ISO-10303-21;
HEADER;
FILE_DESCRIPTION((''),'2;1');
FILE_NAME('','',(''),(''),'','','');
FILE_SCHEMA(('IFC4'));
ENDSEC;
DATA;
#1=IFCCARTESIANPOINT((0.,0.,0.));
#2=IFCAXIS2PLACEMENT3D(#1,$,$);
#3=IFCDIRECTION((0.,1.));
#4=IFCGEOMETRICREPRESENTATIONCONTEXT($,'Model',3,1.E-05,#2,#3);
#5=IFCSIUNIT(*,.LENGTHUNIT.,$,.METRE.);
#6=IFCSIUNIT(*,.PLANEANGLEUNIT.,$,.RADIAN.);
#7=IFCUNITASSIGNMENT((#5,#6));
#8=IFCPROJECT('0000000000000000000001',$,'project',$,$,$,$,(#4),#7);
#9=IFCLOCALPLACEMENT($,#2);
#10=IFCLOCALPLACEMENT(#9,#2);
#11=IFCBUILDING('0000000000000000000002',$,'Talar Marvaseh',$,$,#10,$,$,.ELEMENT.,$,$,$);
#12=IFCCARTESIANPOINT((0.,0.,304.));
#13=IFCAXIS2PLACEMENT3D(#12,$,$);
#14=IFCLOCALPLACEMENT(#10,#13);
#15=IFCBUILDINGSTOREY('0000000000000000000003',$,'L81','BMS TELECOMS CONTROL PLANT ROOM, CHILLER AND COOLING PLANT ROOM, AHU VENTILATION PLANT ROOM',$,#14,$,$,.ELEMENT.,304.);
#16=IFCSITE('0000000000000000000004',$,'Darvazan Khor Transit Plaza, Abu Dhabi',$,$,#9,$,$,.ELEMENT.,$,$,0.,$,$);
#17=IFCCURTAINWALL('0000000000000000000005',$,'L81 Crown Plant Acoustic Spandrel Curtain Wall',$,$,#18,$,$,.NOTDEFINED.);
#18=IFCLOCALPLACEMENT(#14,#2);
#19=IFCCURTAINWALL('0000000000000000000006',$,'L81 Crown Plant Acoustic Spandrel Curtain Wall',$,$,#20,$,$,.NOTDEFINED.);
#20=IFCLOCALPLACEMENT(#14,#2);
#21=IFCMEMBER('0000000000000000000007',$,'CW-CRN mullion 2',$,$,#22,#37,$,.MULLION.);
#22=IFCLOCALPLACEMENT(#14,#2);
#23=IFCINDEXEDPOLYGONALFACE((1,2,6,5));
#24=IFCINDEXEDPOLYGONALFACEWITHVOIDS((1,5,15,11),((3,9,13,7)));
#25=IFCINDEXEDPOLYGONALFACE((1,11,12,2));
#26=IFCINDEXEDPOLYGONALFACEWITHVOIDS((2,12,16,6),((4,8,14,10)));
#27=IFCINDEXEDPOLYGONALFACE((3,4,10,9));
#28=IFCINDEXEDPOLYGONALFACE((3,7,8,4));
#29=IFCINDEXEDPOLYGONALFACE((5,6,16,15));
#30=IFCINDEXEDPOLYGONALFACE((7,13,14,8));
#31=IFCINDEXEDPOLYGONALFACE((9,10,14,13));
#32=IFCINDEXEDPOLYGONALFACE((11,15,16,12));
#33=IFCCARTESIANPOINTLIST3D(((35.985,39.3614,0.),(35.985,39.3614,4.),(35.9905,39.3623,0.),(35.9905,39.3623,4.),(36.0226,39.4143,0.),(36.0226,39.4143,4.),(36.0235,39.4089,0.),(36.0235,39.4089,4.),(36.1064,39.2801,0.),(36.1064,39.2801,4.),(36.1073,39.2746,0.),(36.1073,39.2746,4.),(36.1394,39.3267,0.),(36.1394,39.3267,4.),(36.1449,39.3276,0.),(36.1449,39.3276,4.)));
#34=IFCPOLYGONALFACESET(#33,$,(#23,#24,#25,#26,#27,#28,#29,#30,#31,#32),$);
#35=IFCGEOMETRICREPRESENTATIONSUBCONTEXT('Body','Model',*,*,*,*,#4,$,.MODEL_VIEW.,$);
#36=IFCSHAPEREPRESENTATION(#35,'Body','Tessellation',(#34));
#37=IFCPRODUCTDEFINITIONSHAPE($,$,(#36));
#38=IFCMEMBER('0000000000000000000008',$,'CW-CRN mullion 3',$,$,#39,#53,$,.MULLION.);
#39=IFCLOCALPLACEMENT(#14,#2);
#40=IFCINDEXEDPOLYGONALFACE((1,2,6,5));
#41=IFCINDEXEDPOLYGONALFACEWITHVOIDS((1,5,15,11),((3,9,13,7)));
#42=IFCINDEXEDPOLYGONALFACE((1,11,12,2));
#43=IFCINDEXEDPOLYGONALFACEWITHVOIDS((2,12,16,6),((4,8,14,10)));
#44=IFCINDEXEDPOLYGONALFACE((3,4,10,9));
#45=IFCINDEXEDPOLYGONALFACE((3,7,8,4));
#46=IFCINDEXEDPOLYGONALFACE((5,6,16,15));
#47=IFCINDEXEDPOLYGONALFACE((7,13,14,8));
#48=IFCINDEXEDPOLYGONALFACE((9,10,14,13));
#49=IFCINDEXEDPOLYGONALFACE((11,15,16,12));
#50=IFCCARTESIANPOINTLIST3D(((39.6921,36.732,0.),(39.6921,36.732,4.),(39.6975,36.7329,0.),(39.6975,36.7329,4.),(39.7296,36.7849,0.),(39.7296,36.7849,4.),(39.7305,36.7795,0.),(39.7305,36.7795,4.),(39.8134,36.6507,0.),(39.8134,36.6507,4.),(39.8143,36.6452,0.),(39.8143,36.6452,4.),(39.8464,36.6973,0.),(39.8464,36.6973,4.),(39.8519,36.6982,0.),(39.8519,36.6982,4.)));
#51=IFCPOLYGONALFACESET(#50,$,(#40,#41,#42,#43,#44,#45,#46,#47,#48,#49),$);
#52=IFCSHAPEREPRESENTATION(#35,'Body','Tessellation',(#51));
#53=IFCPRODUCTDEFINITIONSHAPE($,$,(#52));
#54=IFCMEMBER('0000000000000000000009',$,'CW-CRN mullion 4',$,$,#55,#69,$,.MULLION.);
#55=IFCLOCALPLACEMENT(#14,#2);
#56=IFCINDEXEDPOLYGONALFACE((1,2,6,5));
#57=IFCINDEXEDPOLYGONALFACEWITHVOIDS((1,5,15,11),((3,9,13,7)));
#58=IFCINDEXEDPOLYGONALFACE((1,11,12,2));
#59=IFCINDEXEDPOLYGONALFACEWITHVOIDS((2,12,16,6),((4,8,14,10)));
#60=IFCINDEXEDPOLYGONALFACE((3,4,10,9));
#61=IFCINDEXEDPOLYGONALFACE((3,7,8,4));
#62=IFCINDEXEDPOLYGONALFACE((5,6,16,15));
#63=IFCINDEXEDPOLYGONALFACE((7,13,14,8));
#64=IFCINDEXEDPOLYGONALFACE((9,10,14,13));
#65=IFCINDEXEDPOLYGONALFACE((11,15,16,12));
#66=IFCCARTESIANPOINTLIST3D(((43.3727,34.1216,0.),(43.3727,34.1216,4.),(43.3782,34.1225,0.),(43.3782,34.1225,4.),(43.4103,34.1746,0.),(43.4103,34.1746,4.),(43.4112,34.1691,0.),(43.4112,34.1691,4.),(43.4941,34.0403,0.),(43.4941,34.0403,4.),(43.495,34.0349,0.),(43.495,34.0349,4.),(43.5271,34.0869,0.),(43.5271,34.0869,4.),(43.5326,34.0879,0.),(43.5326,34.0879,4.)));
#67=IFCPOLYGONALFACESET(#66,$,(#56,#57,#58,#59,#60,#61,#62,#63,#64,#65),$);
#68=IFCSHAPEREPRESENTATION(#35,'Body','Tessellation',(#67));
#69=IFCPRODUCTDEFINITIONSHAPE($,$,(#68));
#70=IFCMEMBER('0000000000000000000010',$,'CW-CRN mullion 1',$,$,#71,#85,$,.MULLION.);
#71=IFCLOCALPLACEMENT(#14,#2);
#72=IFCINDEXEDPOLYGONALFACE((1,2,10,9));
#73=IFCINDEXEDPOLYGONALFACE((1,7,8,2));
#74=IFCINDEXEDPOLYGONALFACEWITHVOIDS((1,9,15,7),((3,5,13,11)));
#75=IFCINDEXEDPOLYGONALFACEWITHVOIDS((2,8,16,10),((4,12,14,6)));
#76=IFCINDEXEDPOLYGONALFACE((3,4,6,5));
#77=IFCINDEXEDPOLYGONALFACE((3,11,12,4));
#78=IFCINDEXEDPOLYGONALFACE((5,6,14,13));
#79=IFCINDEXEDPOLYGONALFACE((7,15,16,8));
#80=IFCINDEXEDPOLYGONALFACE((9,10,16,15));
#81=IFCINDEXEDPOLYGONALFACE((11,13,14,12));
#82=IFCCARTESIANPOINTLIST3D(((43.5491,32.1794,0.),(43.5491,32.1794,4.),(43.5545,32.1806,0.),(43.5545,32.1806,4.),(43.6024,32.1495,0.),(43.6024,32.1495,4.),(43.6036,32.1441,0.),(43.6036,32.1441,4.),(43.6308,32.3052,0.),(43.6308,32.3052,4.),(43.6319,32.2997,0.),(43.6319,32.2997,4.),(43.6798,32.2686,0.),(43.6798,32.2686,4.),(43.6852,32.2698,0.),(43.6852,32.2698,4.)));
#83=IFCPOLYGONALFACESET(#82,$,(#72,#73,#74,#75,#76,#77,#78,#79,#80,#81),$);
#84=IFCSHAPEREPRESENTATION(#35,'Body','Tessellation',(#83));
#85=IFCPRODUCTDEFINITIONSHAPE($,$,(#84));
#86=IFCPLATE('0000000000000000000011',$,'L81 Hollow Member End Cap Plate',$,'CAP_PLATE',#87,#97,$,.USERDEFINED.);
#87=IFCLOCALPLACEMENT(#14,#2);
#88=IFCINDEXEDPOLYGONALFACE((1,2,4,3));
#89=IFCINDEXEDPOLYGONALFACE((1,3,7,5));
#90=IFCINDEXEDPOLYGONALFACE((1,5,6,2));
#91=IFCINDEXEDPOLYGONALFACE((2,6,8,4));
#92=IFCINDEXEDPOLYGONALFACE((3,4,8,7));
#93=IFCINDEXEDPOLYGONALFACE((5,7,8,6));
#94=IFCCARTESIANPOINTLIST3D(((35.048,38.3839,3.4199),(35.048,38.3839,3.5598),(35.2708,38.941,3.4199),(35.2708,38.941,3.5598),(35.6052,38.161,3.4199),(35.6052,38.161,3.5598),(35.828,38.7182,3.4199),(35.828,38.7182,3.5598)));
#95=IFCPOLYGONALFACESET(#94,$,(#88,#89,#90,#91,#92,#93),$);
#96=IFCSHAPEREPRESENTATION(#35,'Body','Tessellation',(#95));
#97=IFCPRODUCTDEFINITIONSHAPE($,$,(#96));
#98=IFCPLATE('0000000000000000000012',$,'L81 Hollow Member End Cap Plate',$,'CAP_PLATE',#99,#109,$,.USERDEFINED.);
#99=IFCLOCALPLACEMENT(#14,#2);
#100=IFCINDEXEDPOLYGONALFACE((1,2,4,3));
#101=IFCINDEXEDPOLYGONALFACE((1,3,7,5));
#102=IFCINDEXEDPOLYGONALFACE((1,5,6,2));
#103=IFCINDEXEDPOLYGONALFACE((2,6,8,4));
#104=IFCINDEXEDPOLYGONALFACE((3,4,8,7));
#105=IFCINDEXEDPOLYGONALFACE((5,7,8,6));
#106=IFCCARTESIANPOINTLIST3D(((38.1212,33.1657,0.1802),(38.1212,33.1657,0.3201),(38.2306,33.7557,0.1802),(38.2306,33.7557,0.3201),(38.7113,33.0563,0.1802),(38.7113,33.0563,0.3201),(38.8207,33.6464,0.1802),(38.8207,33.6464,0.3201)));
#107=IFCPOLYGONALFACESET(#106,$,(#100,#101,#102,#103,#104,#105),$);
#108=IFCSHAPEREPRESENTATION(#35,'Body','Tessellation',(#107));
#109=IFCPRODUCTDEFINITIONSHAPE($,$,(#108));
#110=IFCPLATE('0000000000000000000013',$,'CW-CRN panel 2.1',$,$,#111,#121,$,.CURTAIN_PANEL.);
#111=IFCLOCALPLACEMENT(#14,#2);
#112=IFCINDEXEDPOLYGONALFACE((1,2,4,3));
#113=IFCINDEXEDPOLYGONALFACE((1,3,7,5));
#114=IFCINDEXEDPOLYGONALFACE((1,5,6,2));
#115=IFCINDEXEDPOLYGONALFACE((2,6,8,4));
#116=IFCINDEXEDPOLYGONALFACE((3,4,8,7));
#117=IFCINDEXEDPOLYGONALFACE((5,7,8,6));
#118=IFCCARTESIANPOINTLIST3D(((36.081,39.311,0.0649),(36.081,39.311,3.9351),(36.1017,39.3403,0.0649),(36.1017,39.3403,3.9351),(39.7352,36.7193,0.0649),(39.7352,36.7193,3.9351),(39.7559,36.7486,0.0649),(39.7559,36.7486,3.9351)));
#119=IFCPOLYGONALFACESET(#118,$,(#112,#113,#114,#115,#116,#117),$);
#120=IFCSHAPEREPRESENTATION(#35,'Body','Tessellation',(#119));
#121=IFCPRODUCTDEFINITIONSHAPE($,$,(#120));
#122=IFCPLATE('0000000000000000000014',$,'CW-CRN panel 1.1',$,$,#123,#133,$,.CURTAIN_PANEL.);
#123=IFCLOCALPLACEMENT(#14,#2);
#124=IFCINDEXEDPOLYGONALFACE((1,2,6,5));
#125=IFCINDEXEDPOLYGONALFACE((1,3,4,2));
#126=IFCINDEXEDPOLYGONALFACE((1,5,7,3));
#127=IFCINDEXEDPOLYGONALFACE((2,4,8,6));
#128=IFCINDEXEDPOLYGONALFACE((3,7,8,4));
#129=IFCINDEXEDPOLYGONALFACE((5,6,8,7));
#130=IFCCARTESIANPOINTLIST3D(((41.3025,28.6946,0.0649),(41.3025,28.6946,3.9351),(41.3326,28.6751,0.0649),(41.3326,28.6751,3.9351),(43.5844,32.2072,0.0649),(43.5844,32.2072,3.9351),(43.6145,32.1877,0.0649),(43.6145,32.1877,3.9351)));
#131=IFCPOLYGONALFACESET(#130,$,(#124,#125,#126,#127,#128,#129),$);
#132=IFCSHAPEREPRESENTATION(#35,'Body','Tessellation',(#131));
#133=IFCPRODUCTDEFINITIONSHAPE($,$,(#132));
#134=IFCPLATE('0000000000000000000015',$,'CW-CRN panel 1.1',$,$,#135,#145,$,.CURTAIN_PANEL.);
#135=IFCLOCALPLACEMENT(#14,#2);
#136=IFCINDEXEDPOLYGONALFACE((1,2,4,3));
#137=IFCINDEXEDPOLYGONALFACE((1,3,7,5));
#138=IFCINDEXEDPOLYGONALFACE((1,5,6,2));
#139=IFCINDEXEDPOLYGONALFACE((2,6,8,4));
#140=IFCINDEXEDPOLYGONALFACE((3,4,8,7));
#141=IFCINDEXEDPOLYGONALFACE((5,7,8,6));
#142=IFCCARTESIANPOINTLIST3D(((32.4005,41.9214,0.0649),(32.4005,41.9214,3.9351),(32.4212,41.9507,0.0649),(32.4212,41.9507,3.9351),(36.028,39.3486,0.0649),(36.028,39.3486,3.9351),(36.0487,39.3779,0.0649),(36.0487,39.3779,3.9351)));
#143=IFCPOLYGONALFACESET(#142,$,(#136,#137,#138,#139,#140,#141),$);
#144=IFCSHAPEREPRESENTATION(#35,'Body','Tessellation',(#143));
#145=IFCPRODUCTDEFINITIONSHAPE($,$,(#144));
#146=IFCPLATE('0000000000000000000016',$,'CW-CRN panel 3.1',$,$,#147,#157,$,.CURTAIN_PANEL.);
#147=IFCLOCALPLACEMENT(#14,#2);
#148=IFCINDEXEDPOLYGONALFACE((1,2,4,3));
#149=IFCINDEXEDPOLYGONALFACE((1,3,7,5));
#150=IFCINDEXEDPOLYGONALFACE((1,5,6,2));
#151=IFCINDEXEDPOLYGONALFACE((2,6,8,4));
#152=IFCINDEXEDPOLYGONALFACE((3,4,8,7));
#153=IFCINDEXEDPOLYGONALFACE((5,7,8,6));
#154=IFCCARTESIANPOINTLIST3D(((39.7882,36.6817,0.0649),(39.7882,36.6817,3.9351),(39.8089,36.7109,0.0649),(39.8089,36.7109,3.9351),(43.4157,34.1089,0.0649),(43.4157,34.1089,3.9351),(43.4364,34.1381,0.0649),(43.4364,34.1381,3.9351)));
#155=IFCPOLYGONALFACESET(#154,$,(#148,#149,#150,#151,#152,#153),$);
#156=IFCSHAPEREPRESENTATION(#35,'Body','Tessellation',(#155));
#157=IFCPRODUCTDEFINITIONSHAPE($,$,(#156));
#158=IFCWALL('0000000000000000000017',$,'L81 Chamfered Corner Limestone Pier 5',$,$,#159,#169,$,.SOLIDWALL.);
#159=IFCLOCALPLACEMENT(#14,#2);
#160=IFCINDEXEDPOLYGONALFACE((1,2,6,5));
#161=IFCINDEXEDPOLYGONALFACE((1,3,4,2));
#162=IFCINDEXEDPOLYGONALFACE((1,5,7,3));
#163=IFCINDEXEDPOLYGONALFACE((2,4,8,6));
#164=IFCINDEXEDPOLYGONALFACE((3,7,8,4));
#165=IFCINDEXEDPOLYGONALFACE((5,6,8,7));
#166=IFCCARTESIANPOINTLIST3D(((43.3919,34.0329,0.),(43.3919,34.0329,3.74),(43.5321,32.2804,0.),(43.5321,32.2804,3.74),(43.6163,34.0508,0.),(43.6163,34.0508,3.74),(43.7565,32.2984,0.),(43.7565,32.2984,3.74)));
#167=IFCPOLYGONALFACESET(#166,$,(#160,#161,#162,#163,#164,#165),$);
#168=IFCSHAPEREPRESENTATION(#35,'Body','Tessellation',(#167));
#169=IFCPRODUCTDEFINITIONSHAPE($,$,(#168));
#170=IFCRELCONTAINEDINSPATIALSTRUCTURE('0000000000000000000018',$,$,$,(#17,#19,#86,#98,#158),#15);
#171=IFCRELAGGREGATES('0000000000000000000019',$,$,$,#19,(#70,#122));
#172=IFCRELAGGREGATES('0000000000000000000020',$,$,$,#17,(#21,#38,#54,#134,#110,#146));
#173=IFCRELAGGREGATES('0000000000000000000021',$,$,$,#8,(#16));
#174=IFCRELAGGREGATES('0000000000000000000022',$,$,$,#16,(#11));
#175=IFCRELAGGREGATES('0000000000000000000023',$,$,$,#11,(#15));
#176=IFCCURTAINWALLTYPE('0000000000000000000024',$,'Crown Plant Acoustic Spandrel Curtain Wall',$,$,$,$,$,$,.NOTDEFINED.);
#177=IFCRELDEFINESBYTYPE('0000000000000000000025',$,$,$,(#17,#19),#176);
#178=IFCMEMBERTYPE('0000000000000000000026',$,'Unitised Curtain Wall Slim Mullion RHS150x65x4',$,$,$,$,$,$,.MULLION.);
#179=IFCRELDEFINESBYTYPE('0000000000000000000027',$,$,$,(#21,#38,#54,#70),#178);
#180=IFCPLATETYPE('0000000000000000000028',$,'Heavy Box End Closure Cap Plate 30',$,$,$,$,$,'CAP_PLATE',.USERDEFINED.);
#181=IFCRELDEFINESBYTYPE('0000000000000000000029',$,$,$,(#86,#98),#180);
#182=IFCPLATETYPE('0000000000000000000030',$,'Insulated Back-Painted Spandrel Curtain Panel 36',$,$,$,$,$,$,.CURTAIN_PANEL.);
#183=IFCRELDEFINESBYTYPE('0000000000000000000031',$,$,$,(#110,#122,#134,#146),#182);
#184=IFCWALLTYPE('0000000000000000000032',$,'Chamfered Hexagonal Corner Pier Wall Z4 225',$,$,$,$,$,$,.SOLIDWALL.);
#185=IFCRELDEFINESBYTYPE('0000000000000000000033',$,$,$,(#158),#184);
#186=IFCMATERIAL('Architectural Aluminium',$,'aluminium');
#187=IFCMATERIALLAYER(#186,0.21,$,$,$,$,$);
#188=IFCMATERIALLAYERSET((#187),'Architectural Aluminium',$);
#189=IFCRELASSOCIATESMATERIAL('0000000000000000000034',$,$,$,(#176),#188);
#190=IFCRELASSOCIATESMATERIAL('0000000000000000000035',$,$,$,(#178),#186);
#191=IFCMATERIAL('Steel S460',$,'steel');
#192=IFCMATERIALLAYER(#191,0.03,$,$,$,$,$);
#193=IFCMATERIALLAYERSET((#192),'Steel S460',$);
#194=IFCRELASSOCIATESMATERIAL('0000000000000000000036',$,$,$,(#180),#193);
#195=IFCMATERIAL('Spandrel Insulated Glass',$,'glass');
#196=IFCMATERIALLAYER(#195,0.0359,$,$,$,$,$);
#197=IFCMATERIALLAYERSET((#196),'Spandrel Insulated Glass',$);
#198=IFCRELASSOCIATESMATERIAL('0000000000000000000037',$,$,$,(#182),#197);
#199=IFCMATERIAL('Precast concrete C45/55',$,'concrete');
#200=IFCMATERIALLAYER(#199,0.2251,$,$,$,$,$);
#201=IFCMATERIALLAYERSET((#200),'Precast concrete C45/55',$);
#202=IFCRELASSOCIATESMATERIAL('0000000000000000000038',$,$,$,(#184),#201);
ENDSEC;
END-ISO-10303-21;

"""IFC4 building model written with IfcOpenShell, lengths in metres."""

from ifc_helpers import new_model, si_unit, direction, frame, frame_2d, origin, origin_2d, place, context, subcontext, project, spatial, rectangle, hollow_rectangle, extrude, source, transform, mapped, material, layer, layer_set, material_profile, profile_set, type_object, type_shapes, element, aggregate, save


model = new_model("IFC4")

# Units and contexts
model_context = context("Model", 3, precision=1e-05, world=origin(), true_north=direction((0.0, 1.0)))
body_context = subcontext(model_context, "Body", "Model", "MODEL_VIEW")
ifc_project = project(units=[si_unit("LENGTHUNIT", "METRE"), si_unit("PLANEANGLEUNIT", "RADIAN")], contexts=[model_context])

# Site, building, storey
site_placement = place(None, origin())
site = spatial("IfcSite", under=ifc_project, at=site_placement, Name="Darvazan Khor Transit Plaza, Abu Dhabi", CompositionType="ELEMENT", RefElevation=0.0)
building_placement = place(site_placement, origin())
building = spatial("IfcBuilding", under=site, at=building_placement, Name="Talar Marvaseh", CompositionType="ELEMENT")
storey_placement = place(building_placement, frame((0.0, 0.0, 304.0)))
storey = spatial("IfcBuildingStorey", under=building, at=storey_placement, Name="L81", Description="BMS TELECOMS CONTROL PLANT ROOM, CHILLER AND COOLING PLANT ROOM, AHU VENTILATION PLANT ROOM", CompositionType="ELEMENT", Elevation=304.0)

# Shared definitions
ifc_material_1 = material(Name="Steel S460", Category="steel")

# Curtain walls
ifc_material_2 = material(Name="Architectural Aluminium", Category="aluminium")
ifc_layer_1 = layer(ifc_material_2, 0.21)
ifc_layer_set_1 = layer_set([ifc_layer_1], Name="Architectural Aluminium")
curtain_wall_type = type_object("IfcCurtainWallType", Name="Crown Plant Acoustic Spandrel Curtain Wall", PredefinedType="NOTDEFINED", material=ifc_layer_set_1)
curtain_wall_1_placement = place(storey_placement, origin())
curtain_wall_1 = element("IfcCurtainWall", 1, at=curtain_wall_1_placement, inside=storey, type_object=curtain_wall_type, Name="L81 Crown Plant Acoustic Spandrel Curtain Wall", PredefinedType="NOTDEFINED")
curtain_wall_2_placement = place(storey_placement, origin())
curtain_wall_2 = element("IfcCurtainWall", 2, at=curtain_wall_2_placement, inside=storey, type_object=curtain_wall_type, Name="L81 Crown Plant Acoustic Spandrel Curtain Wall", PredefinedType="NOTDEFINED")

# Members
ifc_material_profile_1 = material_profile(ifc_material_2, hollow_rectangle(XDim=0.0649, YDim=0.1499, WallThickness=0.0039, at=origin_2d()), Name="RHS150x65x4")
ifc_profile_set_1 = profile_set([ifc_material_profile_1], Name="Architectural Aluminium")
member_type_1 = type_object("IfcMemberType", Name="Unitised Curtain Wall Slim Mullion RHS150x65x4", PredefinedType="MULLION", material=ifc_profile_set_1)
shared_shape_1 = source(origin(), body_context, "Body", "SweptSolid", [
    extrude(hollow_rectangle(XDim=0.0649, YDim=0.1499, WallThickness=0.0039, at=origin_2d()), origin(), (0.0, 0.0, 1.0), 4.0),
])
type_shapes(member_type_1, [shared_shape_1])
member_1_placement = place(storey_placement, frame((36.0649, 39.3445, 0.0), z_axis=(0.0, 0.0, 1.0), x_axis=(0.578513, 0.815673, 0.0)))
member_1 = element("IfcMember", 3, at=member_1_placement, type_object=member_type_1, Name="CW-CRN mullion 2", PredefinedType="MULLION", context=body_context, shape_type="MappedRepresentation", body=[
    mapped(shared_shape_1, transform((0.0, 0.0, 0.0), x_axis=(1.0, 0.0, 0.0), y_axis=(0.0, 1.0, 0.0), z_axis=(0.0, 0.0, 1.0), scale=1.0)),
])
member_2_placement = place(storey_placement, frame((39.772, 36.7151, 0.0), z_axis=(0.0, 0.0, 1.0), x_axis=(0.578513, 0.815673, 0.0)))
member_2 = element("IfcMember", 4, at=member_2_placement, type_object=member_type_1, Name="CW-CRN mullion 3", PredefinedType="MULLION", context=body_context, shape_type="MappedRepresentation", body=[
    mapped(shared_shape_1, transform((0.0, 0.0, 0.0), x_axis=(1.0, 0.0, 0.0), y_axis=(0.0, 1.0, 0.0), z_axis=(0.0, 0.0, 1.0), scale=1.0)),
])
member_3_placement = place(storey_placement, frame((43.4526, 34.1047, 0.0), z_axis=(0.0, 0.0, 1.0), x_axis=(0.578513, 0.815673, 0.0)))
member_3 = element("IfcMember", 5, at=member_3_placement, type_object=member_type_1, Name="CW-CRN mullion 4", PredefinedType="MULLION", context=body_context, shape_type="MappedRepresentation", body=[
    mapped(shared_shape_1, transform((0.0, 0.0, 0.0), x_axis=(1.0, 0.0, 0.0), y_axis=(0.0, 1.0, 0.0), z_axis=(0.0, 0.0, 1.0), scale=1.0)),
])
member_4_placement = place(storey_placement, frame((43.6172, 32.2246, 0.0), z_axis=(0.0, 0.0, 1.0), x_axis=(0.838586, -0.544769, 0.0)))
member_4 = element("IfcMember", 6, at=member_4_placement, type_object=member_type_1, Name="CW-CRN mullion 1", PredefinedType="MULLION", context=body_context, shape_type="MappedRepresentation", body=[
    mapped(shared_shape_1, transform((0.0, 0.0, 0.0), x_axis=(1.0, 0.0, 0.0), y_axis=(0.0, 1.0, 0.0), z_axis=(0.0, 0.0, 1.0), scale=1.0)),
])

# Plates
ifc_layer_2 = layer(ifc_material_1, 0.03)
ifc_layer_set_2 = layer_set([ifc_layer_2], Name="Steel S460")
plate_type_1 = type_object("IfcPlateType", Name="Heavy Box End Closure Cap Plate 30", ElementType="CAP_PLATE", PredefinedType="USERDEFINED", material=ifc_layer_set_2)
shared_shape_2 = source(origin(), body_context, "Body", "SweptSolid", [
    extrude(rectangle(XDim=0.6001, YDim=0.6001, at=origin_2d()), origin(), (0.0, 0.0, 1.0), 0.1399),
])
type_shapes(plate_type_1, [shared_shape_2])
for number, where, z_axis, x_axis, name in (
    (7, (35.438, 38.551, 3.4199), (0.0, 0.0, 1.0), (0.928486, -0.371368, 0.0), "L81 Hollow Member End Cap Plate"),
    (8, (38.4709, 33.406, 0.1802), (0.0, 0.0, 1.0), (-0.182236, -0.983255, 0.0), "L81 Hollow Member End Cap Plate"),
):
    element("IfcPlate", number, at=place(storey_placement, frame(where, z_axis=z_axis, x_axis=x_axis)), inside=storey, type_object=plate_type_1, Name=name, ObjectType="CAP_PLATE", PredefinedType="USERDEFINED", context=body_context, shape_type="MappedRepresentation", body=[
        mapped(shared_shape_2, transform((0.0, 0.0, 0.0), x_axis=(1.0, 0.0, 0.0), y_axis=(0.0, 1.0, 0.0), z_axis=(0.0, 0.0, 1.0), scale=1.0)),
    ])

# Plates
ifc_material_3 = material(Name="Spandrel Insulated Glass", Category="glass")
ifc_layer_3 = layer(ifc_material_3, 0.0359)
ifc_layer_set_3 = layer_set([ifc_layer_3], Name="Spandrel Insulated Glass")
plate_type_2 = type_object("IfcPlateType", Name="Insulated Back-Painted Spandrel Curtain Panel 36", PredefinedType="CURTAIN_PANEL", material=ifc_layer_set_3)
shared_shape_3 = source(origin(), body_context, "Body", "SweptSolid", [
    extrude(rectangle(XDim=4.48, YDim=0.0359, at=origin_2d()), origin(), (0.0, 0.0, 1.0), 3.8701),
])
plate_1_placement = place(storey_placement, frame((37.9185, 38.0298, 0.0649), z_axis=(0.0, 0.0, 1.0), x_axis=(0.815673, -0.578513, 0.0)))
plate_1 = element("IfcPlate", 9, at=plate_1_placement, type_object=plate_type_2, Name="CW-CRN panel 2.1", PredefinedType="CURTAIN_PANEL", context=body_context, shape_type="MappedRepresentation", body=[
    mapped(shared_shape_3, transform((0.0, 0.0, 0.0), x_axis=(1.0, 0.0, 0.0), y_axis=(0.0, 1.0, 0.0), z_axis=(0.0, 0.0, 1.0), scale=1.0)),
])
shared_shape_4 = source(origin(), body_context, "Body", "SweptSolid", [
    extrude(rectangle(XDim=4.1887, YDim=0.0359, at=origin_2d()), origin(), (0.0, 0.0, 1.0), 3.8701),
])
plate_2_placement = place(storey_placement, frame((42.4585, 30.4412, 0.0649), z_axis=(0.0, 0.0, 1.0), x_axis=(-0.544769, -0.838586, 0.0)))
plate_2 = element("IfcPlate", 10, at=plate_2_placement, type_object=plate_type_2, Name="CW-CRN panel 1.1", PredefinedType="CURTAIN_PANEL", context=body_context, shape_type="MappedRepresentation", body=[
    mapped(shared_shape_4, transform((0.0, 0.0, 0.0), x_axis=(1.0, 0.0, 0.0), y_axis=(0.0, 1.0, 0.0), z_axis=(0.0, 0.0, 1.0), scale=1.0)),
])
aggregate(curtain_wall_2, [member_4, plate_2])
shared_shape_5 = source(origin(), body_context, "Body", "SweptSolid", [
    extrude(rectangle(XDim=4.4473, YDim=0.0359, at=origin_2d()), origin(), (0.0, 0.0, 1.0), 3.8701),
])
type_shapes(plate_type_2, [shared_shape_3, shared_shape_4, shared_shape_5])
plate_3_placement = place(storey_placement, frame((34.2246, 40.6497, 0.0649), z_axis=(0.0, 0.0, 1.0), x_axis=(0.815673, -0.578513, 0.0)))
plate_3 = element("IfcPlate", 11, at=plate_3_placement, type_object=plate_type_2, Name="CW-CRN panel 1.1", PredefinedType="CURTAIN_PANEL", context=body_context, shape_type="MappedRepresentation", body=[
    mapped(shared_shape_5, transform((0.0, 0.0, 0.0), x_axis=(1.0, 0.0, 0.0), y_axis=(0.0, 1.0, 0.0), z_axis=(0.0, 0.0, 1.0), scale=1.0)),
])
plate_4_placement = place(storey_placement, frame((41.6123, 35.4099, 0.0649), z_axis=(0.0, 0.0, 1.0), x_axis=(0.815673, -0.578513, 0.0)))
plate_4 = element("IfcPlate", 12, at=plate_4_placement, type_object=plate_type_2, Name="CW-CRN panel 3.1", PredefinedType="CURTAIN_PANEL", context=body_context, shape_type="MappedRepresentation", body=[
    mapped(shared_shape_5, transform((0.0, 0.0, 0.0), x_axis=(1.0, 0.0, 0.0), y_axis=(0.0, 1.0, 0.0), z_axis=(0.0, 0.0, 1.0), scale=1.0)),
])
aggregate(curtain_wall_1, [member_1, member_2, member_3, plate_3, plate_1, plate_4])

# Wall
ifc_material_4 = material(Name="Precast concrete C45/55", Category="concrete")
ifc_layer_4 = layer(ifc_material_4, 0.2251)
ifc_layer_set_4 = layer_set([ifc_layer_4], Name="Precast concrete C45/55")
wall_type_1 = type_object("IfcWallType", Name="Chamfered Hexagonal Corner Pier Wall Z4 225", PredefinedType="SOLIDWALL", material=ifc_layer_set_4)
wall_1_placement = place(storey_placement, frame((43.5042, 34.0417, 0.0), z_axis=(0.0, 0.0, 1.0), x_axis=(0.079712, -0.996818, 0.0)))
element("IfcWall", 13, at=wall_1_placement, inside=storey, type_object=wall_type_1, Name="L81 Chamfered Corner Limestone Pier 5", PredefinedType="SOLIDWALL", context=body_context, shape_type="SweptSolid", body=[
    extrude(rectangle(XDim=1.7581, YDim=0.2251, at=frame_2d((0.8789, 0.0))), origin(), (0.0, 0.0, 1.0), 3.74),
])

save(model, "model.ifc")
